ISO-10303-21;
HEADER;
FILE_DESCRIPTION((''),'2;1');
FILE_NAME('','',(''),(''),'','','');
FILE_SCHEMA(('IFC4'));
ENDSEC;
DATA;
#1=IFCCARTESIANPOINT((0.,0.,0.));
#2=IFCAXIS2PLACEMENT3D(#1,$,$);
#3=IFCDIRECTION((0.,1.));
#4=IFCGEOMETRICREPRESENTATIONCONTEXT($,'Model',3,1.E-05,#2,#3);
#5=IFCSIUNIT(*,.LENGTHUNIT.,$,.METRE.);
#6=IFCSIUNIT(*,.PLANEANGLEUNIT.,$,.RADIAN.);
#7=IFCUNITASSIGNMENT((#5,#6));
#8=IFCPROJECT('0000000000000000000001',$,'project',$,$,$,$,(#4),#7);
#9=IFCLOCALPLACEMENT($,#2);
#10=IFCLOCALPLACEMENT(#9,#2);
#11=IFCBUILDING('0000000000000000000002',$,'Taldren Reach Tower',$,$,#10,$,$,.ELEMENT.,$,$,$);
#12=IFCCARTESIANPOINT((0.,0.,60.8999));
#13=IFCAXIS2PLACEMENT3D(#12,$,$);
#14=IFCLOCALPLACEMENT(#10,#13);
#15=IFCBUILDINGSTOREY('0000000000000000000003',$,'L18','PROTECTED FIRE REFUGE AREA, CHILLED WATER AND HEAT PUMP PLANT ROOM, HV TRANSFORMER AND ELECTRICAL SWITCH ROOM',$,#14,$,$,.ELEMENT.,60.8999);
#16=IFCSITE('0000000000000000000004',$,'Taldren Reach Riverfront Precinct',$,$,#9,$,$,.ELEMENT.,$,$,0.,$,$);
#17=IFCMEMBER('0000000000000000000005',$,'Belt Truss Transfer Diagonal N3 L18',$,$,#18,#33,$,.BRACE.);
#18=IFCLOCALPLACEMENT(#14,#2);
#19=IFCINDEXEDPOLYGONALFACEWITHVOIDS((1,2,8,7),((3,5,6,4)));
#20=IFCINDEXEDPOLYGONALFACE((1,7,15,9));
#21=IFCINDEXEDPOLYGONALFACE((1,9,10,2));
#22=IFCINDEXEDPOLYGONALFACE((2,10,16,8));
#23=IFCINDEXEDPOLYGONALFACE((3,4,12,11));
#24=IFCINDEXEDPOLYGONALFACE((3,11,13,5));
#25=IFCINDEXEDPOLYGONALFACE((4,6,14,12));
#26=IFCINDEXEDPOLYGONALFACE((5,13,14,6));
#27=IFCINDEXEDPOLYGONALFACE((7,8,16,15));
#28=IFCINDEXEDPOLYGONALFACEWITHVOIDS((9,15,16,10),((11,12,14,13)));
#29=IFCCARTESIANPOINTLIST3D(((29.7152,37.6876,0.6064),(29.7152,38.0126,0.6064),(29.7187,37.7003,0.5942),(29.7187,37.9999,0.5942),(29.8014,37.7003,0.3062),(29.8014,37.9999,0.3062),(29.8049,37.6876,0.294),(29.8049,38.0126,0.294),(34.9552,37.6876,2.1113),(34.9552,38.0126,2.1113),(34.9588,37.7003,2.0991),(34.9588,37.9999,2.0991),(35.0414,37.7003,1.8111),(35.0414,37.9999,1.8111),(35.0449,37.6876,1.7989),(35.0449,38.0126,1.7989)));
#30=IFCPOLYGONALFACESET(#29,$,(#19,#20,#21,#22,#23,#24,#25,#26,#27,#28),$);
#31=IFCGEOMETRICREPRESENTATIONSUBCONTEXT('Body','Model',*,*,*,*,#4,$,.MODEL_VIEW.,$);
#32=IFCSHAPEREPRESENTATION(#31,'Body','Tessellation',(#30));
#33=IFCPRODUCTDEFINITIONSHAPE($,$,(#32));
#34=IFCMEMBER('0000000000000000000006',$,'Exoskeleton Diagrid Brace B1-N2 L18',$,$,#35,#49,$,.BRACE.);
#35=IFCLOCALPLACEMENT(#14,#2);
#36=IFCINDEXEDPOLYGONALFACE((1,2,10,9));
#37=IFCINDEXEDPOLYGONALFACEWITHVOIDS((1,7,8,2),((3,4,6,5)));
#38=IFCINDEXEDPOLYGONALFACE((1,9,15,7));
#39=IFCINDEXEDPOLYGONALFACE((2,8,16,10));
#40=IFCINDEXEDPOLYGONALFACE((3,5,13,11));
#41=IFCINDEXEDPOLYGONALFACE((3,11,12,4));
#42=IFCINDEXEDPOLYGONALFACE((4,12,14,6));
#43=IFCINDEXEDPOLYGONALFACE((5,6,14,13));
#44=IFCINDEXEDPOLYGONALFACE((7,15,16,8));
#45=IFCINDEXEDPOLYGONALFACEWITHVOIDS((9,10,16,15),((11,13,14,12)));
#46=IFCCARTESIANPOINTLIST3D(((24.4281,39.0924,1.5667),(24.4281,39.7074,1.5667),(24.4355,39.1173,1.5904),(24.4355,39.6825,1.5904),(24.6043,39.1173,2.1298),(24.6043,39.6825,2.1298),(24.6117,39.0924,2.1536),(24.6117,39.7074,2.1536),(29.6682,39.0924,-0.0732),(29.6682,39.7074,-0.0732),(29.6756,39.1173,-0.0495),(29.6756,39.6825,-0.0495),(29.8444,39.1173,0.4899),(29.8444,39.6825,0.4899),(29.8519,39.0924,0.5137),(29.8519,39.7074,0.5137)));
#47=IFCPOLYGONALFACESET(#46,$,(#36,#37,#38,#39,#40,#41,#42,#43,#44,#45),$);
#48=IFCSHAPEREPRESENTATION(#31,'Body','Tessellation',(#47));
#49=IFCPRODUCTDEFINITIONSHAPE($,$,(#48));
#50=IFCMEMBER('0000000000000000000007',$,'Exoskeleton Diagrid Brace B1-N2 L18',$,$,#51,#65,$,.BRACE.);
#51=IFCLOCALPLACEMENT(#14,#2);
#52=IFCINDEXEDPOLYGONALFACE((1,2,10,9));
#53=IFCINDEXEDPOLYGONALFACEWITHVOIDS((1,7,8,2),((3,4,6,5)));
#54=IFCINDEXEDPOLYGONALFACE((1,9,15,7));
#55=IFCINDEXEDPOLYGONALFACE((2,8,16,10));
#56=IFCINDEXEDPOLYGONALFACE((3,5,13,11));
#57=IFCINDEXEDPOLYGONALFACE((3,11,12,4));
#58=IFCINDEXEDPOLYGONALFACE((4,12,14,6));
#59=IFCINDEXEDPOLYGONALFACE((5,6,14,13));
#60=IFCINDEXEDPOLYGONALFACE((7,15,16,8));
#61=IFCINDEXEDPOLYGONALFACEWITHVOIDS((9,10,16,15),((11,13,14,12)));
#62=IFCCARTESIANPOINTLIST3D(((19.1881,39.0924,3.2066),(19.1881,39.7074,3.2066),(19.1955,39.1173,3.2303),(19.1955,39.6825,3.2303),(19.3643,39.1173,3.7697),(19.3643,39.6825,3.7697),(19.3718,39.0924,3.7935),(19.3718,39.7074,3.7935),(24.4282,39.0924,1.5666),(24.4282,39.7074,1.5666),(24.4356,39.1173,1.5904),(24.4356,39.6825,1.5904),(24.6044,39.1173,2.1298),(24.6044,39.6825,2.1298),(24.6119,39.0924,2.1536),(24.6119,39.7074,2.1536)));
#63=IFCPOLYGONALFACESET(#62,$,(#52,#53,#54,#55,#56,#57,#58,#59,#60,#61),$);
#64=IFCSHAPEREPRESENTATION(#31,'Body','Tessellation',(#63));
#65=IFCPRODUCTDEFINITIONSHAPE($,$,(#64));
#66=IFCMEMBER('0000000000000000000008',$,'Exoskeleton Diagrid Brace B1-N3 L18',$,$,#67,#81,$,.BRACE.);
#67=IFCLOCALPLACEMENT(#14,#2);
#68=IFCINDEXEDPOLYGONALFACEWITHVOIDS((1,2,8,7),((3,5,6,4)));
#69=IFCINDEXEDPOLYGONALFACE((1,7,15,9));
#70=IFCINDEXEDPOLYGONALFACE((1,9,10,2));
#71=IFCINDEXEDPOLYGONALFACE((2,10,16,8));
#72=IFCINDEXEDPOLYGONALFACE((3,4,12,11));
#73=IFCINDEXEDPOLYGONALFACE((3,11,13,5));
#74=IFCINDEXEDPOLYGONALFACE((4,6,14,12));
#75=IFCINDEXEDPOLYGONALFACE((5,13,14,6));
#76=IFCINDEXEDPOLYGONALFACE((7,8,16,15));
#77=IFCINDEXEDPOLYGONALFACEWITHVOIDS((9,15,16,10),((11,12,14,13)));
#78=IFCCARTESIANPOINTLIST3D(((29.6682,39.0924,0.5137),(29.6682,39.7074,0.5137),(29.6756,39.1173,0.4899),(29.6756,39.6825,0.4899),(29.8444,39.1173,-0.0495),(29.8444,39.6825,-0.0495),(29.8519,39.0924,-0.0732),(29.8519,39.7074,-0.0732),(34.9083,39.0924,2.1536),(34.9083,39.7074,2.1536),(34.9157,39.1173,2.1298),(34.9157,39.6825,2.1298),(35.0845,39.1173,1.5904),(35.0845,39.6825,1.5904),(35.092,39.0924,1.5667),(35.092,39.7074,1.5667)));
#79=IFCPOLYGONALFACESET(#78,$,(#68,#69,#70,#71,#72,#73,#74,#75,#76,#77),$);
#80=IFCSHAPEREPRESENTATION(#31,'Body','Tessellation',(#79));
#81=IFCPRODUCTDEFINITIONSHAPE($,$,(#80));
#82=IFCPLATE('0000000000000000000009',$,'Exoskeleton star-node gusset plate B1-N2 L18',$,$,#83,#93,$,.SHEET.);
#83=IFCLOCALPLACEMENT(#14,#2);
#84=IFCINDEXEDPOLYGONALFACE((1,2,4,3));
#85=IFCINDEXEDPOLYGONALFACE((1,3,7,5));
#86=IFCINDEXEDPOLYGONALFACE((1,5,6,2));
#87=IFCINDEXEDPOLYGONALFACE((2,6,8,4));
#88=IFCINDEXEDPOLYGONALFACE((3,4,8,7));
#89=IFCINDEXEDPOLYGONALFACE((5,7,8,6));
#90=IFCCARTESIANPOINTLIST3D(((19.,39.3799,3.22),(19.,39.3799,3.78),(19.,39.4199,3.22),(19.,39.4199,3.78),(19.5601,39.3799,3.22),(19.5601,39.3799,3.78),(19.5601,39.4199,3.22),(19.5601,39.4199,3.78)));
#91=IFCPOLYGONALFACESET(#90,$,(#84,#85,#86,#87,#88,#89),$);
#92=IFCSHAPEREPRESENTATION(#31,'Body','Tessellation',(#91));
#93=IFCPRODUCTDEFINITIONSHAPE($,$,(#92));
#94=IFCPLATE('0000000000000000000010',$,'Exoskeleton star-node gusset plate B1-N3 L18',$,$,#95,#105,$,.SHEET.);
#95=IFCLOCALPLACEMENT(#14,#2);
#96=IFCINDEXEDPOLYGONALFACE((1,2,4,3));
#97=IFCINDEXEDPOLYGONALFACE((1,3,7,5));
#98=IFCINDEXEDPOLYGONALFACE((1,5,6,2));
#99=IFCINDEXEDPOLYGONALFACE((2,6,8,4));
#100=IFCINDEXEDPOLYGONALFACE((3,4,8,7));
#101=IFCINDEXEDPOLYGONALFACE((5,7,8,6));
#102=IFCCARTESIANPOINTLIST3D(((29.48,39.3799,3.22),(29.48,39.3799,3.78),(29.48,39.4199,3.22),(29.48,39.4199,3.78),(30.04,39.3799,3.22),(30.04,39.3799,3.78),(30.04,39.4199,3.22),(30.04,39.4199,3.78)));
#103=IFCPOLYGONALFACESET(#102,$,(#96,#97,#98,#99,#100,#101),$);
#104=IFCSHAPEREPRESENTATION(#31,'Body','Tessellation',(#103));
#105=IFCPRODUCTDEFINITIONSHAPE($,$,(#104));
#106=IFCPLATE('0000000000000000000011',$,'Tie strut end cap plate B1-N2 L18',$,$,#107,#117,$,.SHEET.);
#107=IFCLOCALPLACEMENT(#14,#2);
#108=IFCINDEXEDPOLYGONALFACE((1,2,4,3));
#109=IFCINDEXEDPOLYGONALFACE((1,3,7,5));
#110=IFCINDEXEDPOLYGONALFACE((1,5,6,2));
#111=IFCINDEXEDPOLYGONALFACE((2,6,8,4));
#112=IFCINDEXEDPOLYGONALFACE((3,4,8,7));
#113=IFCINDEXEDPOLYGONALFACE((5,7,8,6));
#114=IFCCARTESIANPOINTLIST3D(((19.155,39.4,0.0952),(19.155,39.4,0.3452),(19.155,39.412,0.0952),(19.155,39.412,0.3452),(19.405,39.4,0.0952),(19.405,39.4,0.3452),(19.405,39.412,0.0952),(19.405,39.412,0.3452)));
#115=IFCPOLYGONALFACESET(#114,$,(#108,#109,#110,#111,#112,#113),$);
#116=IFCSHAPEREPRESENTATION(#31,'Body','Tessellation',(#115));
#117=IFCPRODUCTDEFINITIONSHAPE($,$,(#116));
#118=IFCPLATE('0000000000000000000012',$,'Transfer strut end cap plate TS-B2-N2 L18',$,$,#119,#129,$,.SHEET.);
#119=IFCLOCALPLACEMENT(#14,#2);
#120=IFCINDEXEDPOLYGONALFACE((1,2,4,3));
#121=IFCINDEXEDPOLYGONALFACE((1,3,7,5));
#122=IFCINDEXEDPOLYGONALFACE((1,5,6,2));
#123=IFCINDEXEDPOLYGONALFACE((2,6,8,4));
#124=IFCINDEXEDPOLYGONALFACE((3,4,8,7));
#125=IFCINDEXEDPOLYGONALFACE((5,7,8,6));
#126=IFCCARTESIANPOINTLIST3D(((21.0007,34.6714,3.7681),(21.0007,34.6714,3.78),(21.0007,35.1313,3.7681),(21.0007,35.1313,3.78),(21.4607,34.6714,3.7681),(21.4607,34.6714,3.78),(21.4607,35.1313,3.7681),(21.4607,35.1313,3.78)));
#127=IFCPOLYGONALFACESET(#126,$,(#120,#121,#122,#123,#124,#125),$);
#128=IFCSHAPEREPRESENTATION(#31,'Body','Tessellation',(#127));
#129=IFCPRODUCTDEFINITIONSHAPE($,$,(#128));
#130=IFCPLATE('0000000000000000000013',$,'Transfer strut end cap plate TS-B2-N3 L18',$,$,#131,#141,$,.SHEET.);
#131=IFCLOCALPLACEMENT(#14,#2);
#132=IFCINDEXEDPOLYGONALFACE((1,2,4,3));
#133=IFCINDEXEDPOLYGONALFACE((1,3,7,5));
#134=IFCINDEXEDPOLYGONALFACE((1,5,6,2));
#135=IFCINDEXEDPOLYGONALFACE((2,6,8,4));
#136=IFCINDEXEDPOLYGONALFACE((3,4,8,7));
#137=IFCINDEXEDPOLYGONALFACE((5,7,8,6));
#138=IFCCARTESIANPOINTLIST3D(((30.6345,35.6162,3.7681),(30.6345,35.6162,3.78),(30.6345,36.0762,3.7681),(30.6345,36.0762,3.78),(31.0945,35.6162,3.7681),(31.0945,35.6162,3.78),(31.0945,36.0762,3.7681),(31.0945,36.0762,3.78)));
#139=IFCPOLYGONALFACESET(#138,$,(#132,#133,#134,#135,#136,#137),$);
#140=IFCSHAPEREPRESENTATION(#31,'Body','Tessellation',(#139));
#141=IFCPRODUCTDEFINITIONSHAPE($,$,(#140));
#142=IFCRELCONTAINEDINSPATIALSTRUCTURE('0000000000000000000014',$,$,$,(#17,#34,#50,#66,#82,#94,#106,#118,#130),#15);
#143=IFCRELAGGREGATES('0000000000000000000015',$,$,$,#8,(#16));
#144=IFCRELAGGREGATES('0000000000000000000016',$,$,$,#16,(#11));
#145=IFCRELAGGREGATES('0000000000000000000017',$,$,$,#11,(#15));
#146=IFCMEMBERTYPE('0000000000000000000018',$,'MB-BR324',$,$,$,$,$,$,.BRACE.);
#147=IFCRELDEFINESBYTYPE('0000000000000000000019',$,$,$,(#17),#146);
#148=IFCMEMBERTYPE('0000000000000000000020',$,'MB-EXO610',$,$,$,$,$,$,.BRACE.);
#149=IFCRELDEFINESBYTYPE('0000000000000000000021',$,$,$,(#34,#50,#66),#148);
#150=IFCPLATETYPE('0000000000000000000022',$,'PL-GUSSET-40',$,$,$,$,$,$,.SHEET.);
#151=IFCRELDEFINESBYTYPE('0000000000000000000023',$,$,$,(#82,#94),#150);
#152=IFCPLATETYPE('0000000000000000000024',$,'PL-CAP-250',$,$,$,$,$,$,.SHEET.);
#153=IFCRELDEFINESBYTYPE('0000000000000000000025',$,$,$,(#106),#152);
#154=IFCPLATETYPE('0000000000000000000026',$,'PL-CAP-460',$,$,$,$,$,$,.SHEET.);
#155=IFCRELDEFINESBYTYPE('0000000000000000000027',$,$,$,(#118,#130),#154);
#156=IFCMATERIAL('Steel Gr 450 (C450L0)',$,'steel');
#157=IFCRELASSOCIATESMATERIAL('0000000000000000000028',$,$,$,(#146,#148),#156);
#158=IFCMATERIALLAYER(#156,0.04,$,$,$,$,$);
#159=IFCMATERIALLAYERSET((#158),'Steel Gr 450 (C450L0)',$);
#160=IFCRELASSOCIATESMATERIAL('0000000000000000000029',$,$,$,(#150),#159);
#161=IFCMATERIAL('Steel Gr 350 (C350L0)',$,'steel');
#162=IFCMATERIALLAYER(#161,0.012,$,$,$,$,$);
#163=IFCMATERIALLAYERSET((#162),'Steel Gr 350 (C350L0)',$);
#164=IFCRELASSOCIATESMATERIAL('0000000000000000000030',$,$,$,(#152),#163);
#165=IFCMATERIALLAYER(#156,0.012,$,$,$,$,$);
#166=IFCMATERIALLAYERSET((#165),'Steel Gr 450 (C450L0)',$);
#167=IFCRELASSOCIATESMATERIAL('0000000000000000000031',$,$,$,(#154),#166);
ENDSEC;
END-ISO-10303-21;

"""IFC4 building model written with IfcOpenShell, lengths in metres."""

from ifc_helpers import new_model, si_unit, direction, frame, origin, origin_2d, place, context, subcontext, project, spatial, rectangle, hollow_rectangle, extrude, source, transform, mapped, material, layer, layer_set, material_profile, profile_set, type_object, element, save


model = new_model("IFC4")

# Units and contexts
model_context = context("Model", 3, precision=1e-05, world=origin(), true_north=direction((0.0, 1.0)))
body_context = subcontext(model_context, "Body", "Model", "MODEL_VIEW")
ifc_project = project(units=[si_unit("LENGTHUNIT", "METRE"), si_unit("PLANEANGLEUNIT", "RADIAN")], contexts=[model_context])

# Site, building, storey
site_placement = place(None, origin())
site = spatial("IfcSite", under=ifc_project, at=site_placement, Name="Taldren Reach Riverfront Precinct", CompositionType="ELEMENT", RefElevation=0.0)
building_placement = place(site_placement, origin())
building = spatial("IfcBuilding", under=site, at=building_placement, Name="Taldren Reach Tower", CompositionType="ELEMENT")
storey_placement = place(building_placement, frame((0.0, 0.0, 60.8999)))
storey = spatial("IfcBuildingStorey", under=building, at=storey_placement, Name="L18", Description="PROTECTED FIRE REFUGE AREA, CHILLED WATER AND HEAT PUMP PLANT ROOM, HV TRANSFORMER AND ELECTRICAL SWITCH ROOM", CompositionType="ELEMENT", Elevation=60.8999)

# Members
ifc_material_1 = material(Name="Steel Gr 450 (C450L0)", Category="steel")
ifc_material_2 = material(Name="Steel Gr 350 (C350L0)", Category="steel")
ifc_material_profile_1 = material_profile(ifc_material_1, hollow_rectangle(XDim=0.325, YDim=0.325, WallThickness=0.0127, at=origin_2d()), Name="325x325x12.7SHS")
ifc_profile_set_1 = profile_set([ifc_material_profile_1], Name="Steel Gr 450 (C450L0)")
member_type_1 = type_object("IfcMemberType", Name="MB-BR324", PredefinedType="BRACE", material=ifc_profile_set_1)
shared_shape_1 = source(origin(), body_context, "Body", "SweptSolid", [
    extrude(hollow_rectangle(XDim=0.325, YDim=0.325, WallThickness=0.0127, at=origin_2d()), origin(), (0.0, 0.0, 1.0), 5.4519),
])
for number, where, z_axis, x_axis, name in (
    (1, (29.76, 37.8501, 0.4502), (0.961148, 0.0, 0.276034), (0.0, 1.0, 0.0), "Belt Truss Transfer Diagonal N3 L18"),
):
    element("IfcMember", number, at=place(storey_placement, frame(where, z_axis=z_axis, x_axis=x_axis)), inside=storey, type_object=member_type_1, Name=name, PredefinedType="BRACE", context=body_context, shape_type="MappedRepresentation", body=[
        mapped(shared_shape_1, transform((0.0, 0.0, 0.0), scale=1.0)),
    ])
ifc_material_profile_2 = material_profile(ifc_material_1, hollow_rectangle(XDim=0.615, YDim=0.615, WallThickness=0.0249, at=origin_2d()), Name="615x615x25.0SHS")
ifc_profile_set_2 = profile_set([ifc_material_profile_2], Name="Steel Gr 450 (C450L0)")
member_type_2 = type_object("IfcMemberType", Name="MB-EXO610", PredefinedType="BRACE", material=ifc_profile_set_2)
shared_shape_2 = source(origin(), body_context, "Body", "SweptSolid", [
    extrude(hollow_rectangle(XDim=0.615, YDim=0.615, WallThickness=0.0249, at=origin_2d()), origin(), (0.0, 0.0, 1.0), 5.4907),
])
for number, where, z_axis, x_axis, name in (
    (2, (29.76, 39.3999, 0.2202), (-0.954356, 0.0, 0.298672), (0.0, -1.0, 0.0), "Exoskeleton Diagrid Brace B1-N2 L18"),
    (3, (24.52, 39.3999, 1.8601), (-0.954356, 0.0, 0.298672), (0.0, -1.0, 0.0), "Exoskeleton Diagrid Brace B1-N2 L18"),
    (4, (29.76, 39.3999, 0.2202), (0.954356, 0.0, 0.298672), (0.0, 1.0, 0.0), "Exoskeleton Diagrid Brace B1-N3 L18"),
):
    element("IfcMember", number, at=place(storey_placement, frame(where, z_axis=z_axis, x_axis=x_axis)), inside=storey, type_object=member_type_2, Name=name, PredefinedType="BRACE", context=body_context, shape_type="MappedRepresentation", body=[
        mapped(shared_shape_2, transform((0.0, 0.0, 0.0), scale=1.0)),
    ])

# Plates
ifc_layer_1 = layer(ifc_material_1, 0.04)
ifc_layer_set_1 = layer_set([ifc_layer_1], Name="Steel Gr 450 (C450L0)")
plate_type_1 = type_object("IfcPlateType", Name="PL-GUSSET-40", PredefinedType="SHEET", material=ifc_layer_set_1)
shared_shape_3 = source(origin(), body_context, "Body", "SweptSolid", [
    extrude(rectangle(XDim=0.5601, YDim=0.04, at=origin_2d()), origin(), (0.0, 0.0, 1.0), 0.5601),
])
for number, where, z_axis, x_axis, name in (
    (5, (19.28, 39.3999, 3.22), (0.0, 0.0, 1.0), (1.0, 0.0, 0.0), "Exoskeleton star-node gusset plate B1-N2 L18"),
    (6, (29.76, 39.3999, 3.22), (0.0, 0.0, 1.0), (1.0, 0.0, 0.0), "Exoskeleton star-node gusset plate B1-N3 L18"),
):
    element("IfcPlate", number, at=place(storey_placement, frame(where, z_axis=z_axis, x_axis=x_axis)), inside=storey, type_object=plate_type_1, Name=name, PredefinedType="SHEET", context=body_context, shape_type="MappedRepresentation", body=[
        mapped(shared_shape_3, transform((0.0, 0.0, 0.0), scale=1.0)),
    ])
ifc_layer_2 = layer(ifc_material_2, 0.012)
ifc_layer_set_2 = layer_set([ifc_layer_2], Name="Steel Gr 350 (C350L0)")
plate_type_2 = type_object("IfcPlateType", Name="PL-CAP-250", PredefinedType="SHEET", material=ifc_layer_set_2)
shared_shape_4 = source(origin(), body_context, "Body", "SweptSolid", [
    extrude(rectangle(XDim=0.25, YDim=0.012, at=origin_2d()), origin(), (0.0, 0.0, 1.0), 0.25),
])
plate_placement = place(storey_placement, frame((19.28, 39.406, 0.0952), z_axis=(0.0, 0.0, 1.0), x_axis=(1.0, 0.0, 0.0)))
element("IfcPlate", 7, at=plate_placement, inside=storey, type_object=plate_type_2, Name="Tie strut end cap plate B1-N2 L18", PredefinedType="SHEET", context=body_context, shape_type="MappedRepresentation", body=[
    mapped(shared_shape_4, transform((0.0, 0.0, 0.0), scale=1.0)),
])
ifc_layer_3 = layer(ifc_material_1, 0.012)
ifc_layer_set_3 = layer_set([ifc_layer_3], Name="Steel Gr 450 (C450L0)")
plate_type_3 = type_object("IfcPlateType", Name="PL-CAP-460", PredefinedType="SHEET", material=ifc_layer_set_3)
shared_shape_5 = source(origin(), body_context, "Body", "SweptSolid", [
    extrude(rectangle(XDim=0.46, YDim=0.46, at=origin_2d()), origin(), (0.0, 0.0, 1.0), 0.012),
])
for number, where, z_axis, x_axis, name in (
    (8, (21.2307, 34.9014, 3.7681), (0.0, 0.0, 1.0), (1.0, 0.0, 0.0), "Transfer strut end cap plate TS-B2-N2 L18"),
    (9, (30.8645, 35.8462, 3.7681), (0.0, 0.0, 1.0), (1.0, 0.0, 0.0), "Transfer strut end cap plate TS-B2-N3 L18"),
):
    element("IfcPlate", number, at=place(storey_placement, frame(where, z_axis=z_axis, x_axis=x_axis)), inside=storey, type_object=plate_type_3, Name=name, PredefinedType="SHEET", context=body_context, shape_type="MappedRepresentation", body=[
        mapped(shared_shape_5, transform((0.0, 0.0, 0.0), scale=1.0)),
    ])

save(model, "model.ifc")
